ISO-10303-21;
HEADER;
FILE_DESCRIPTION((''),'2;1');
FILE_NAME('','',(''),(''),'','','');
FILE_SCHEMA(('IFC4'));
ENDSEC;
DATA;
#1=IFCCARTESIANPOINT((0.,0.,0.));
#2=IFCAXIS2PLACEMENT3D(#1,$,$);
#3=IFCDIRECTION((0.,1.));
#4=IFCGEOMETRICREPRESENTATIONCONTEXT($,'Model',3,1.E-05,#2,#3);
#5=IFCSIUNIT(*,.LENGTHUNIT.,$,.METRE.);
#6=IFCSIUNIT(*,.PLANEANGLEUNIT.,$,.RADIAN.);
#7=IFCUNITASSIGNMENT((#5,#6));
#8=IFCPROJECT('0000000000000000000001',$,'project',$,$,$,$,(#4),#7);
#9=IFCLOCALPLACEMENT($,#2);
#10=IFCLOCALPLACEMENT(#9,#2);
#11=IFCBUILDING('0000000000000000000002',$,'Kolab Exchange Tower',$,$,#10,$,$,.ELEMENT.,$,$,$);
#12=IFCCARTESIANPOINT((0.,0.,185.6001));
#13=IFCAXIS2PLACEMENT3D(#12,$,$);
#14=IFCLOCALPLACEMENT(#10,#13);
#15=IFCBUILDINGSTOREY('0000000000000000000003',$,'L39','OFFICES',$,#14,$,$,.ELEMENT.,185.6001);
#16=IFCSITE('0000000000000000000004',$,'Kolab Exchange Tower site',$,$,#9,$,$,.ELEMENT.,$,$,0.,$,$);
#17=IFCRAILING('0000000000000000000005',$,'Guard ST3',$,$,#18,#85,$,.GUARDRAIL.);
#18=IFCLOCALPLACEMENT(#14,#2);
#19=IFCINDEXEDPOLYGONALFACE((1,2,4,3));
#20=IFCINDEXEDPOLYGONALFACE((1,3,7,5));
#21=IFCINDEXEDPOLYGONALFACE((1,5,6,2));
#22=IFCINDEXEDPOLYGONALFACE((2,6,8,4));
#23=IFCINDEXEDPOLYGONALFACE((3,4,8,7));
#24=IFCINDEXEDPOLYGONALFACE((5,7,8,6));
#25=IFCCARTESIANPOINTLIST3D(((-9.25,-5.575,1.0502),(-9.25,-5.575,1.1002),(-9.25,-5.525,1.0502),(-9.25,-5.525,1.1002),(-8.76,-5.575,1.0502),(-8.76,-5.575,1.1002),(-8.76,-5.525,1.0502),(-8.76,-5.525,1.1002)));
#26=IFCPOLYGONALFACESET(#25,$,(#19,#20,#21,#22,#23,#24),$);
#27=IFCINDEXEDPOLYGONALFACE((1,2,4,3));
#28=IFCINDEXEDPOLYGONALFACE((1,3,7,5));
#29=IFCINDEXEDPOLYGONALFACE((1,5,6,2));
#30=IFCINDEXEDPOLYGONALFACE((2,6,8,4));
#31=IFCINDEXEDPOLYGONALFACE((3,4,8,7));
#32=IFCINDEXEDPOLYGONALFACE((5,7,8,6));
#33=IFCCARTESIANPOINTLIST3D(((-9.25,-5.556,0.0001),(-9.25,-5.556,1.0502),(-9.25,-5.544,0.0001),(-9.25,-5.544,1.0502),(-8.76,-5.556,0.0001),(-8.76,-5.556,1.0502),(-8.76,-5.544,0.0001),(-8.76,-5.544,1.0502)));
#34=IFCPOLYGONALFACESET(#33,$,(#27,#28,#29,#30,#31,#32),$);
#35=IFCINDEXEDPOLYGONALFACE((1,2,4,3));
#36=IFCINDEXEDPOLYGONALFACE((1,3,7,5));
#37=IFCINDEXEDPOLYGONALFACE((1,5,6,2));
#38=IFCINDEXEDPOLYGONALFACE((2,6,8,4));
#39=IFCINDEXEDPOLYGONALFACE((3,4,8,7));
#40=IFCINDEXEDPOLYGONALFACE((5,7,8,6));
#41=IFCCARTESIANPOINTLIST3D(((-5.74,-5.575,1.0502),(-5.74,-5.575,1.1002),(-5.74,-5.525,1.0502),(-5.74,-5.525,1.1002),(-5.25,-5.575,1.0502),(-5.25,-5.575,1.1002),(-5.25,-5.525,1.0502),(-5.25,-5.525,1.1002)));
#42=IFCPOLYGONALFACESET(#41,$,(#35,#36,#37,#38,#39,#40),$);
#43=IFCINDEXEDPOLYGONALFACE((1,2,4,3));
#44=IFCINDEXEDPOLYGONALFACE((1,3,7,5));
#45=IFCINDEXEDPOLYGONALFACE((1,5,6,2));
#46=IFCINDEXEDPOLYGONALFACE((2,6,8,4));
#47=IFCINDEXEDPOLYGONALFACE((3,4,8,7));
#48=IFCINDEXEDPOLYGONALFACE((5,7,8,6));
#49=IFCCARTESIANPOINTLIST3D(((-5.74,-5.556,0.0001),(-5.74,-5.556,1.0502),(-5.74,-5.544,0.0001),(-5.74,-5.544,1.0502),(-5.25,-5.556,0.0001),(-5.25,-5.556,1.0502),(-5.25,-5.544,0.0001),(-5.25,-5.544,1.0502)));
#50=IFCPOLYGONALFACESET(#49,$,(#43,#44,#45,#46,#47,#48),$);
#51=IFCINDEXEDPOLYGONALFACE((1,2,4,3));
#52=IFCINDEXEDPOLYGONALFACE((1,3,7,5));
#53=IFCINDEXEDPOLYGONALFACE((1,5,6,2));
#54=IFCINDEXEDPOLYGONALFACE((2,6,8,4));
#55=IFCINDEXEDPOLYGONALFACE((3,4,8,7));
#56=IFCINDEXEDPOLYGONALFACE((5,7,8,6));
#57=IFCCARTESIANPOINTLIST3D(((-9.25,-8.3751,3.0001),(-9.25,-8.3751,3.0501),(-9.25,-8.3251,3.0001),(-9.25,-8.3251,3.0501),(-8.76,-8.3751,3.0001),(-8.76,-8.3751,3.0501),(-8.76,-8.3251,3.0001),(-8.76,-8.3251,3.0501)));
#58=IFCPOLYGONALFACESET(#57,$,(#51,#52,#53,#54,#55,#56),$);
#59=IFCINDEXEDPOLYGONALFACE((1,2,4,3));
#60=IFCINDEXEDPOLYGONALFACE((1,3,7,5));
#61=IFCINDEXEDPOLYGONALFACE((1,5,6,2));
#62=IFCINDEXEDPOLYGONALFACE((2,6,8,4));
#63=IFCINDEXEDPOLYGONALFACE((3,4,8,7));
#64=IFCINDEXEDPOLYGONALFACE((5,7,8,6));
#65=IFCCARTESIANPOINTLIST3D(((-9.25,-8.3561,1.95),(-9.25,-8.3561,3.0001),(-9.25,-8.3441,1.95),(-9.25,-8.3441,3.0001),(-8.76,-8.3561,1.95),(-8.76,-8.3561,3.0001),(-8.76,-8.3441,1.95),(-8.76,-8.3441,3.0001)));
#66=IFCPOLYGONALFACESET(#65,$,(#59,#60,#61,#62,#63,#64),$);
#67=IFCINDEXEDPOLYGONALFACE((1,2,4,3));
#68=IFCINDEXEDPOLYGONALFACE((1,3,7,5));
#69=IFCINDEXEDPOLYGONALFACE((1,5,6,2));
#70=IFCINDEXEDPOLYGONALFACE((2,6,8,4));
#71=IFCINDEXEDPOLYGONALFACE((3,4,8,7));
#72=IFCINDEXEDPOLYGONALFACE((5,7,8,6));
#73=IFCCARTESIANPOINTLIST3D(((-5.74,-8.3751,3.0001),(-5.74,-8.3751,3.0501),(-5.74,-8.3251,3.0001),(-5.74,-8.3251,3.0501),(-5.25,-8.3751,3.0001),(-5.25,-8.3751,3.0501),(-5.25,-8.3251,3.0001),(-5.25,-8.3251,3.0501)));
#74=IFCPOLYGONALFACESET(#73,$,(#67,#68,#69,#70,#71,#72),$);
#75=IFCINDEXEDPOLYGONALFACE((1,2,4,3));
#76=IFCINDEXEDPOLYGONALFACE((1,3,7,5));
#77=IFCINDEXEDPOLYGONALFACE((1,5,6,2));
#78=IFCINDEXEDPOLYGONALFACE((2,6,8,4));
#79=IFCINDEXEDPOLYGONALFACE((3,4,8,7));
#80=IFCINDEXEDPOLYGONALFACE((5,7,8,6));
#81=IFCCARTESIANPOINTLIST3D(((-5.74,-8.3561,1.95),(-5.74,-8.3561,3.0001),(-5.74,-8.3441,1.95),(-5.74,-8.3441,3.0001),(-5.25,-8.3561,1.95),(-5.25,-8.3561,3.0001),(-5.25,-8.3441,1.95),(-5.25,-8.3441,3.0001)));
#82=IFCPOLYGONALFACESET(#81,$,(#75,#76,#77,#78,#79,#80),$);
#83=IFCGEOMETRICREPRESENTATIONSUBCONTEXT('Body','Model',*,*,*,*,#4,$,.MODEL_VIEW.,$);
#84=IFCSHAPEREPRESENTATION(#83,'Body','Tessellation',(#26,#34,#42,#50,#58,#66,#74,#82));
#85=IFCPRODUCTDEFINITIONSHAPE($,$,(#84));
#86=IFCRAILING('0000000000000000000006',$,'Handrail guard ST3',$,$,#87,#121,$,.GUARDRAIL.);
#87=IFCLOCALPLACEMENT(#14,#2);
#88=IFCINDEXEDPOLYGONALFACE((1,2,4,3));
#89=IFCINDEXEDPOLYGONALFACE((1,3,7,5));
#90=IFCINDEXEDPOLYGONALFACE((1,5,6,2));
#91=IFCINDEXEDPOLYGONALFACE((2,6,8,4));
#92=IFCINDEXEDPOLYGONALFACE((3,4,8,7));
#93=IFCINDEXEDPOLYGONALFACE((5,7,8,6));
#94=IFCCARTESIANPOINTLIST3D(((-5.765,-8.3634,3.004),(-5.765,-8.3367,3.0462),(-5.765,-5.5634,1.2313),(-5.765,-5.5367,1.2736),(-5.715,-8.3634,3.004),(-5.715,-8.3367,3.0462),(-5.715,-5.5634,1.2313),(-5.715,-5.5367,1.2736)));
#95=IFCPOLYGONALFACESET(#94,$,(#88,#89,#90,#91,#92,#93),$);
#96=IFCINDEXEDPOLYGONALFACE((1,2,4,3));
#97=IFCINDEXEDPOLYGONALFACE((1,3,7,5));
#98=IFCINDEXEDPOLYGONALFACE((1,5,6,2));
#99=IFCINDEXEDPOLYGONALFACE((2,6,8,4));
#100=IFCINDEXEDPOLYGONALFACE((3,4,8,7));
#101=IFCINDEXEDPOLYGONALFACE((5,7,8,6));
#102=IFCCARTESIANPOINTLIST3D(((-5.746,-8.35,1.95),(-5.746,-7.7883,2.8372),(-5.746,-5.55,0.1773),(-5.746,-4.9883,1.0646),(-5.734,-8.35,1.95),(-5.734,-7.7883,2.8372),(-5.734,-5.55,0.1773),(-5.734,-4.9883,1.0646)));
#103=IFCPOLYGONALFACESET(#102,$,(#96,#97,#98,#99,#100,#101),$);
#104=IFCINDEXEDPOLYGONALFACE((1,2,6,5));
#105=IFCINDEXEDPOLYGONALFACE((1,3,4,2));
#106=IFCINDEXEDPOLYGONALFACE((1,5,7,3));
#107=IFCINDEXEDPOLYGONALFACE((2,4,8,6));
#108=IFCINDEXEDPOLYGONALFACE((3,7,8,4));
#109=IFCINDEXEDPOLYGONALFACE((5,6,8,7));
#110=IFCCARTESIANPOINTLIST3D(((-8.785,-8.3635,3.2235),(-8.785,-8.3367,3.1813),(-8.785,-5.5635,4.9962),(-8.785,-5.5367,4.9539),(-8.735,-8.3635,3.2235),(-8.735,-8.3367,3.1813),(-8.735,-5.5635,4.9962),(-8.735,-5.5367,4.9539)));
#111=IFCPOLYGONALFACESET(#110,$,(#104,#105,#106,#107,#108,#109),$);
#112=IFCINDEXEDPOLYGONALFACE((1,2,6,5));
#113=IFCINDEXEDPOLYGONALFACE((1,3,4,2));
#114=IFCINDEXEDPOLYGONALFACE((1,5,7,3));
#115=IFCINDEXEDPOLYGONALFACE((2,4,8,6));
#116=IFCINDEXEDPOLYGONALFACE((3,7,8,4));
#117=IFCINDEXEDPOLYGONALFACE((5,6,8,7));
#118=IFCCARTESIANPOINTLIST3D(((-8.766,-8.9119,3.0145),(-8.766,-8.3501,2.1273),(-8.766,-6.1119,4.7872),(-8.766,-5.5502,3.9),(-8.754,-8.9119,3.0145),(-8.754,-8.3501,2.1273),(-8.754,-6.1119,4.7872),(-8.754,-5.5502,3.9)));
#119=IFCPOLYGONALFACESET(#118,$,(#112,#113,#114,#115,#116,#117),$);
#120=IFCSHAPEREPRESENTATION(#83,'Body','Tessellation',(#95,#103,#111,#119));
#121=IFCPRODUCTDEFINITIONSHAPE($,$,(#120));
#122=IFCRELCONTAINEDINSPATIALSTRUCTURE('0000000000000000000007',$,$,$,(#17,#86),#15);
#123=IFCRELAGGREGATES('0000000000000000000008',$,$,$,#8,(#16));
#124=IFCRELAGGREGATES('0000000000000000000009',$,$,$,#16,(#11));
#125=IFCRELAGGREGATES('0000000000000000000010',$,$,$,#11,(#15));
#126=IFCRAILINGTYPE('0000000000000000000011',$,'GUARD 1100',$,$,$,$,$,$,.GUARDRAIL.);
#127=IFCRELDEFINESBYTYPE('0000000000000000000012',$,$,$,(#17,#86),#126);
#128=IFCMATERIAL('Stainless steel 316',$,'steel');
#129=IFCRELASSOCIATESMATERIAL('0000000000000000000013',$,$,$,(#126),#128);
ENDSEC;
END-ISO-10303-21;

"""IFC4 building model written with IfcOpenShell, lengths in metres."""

from ifc_helpers import new_model, si_unit, direction, frame, frame_2d, origin, origin_2d, place, context, subcontext, project, spatial, rectangle, extrude, material, type_object, element, save


model = new_model("IFC4")

# Units and contexts
model_context = context("Model", 3, precision=1e-05, world=origin(), true_north=direction((0.0, 1.0)))
body_context = subcontext(model_context, "Body", "Model", "MODEL_VIEW")
ifc_project = project(units=[si_unit("LENGTHUNIT", "METRE"), si_unit("PLANEANGLEUNIT", "RADIAN")], contexts=[model_context])

# Site, building, storey
site_placement = place(None, origin())
site = spatial("IfcSite", under=ifc_project, at=site_placement, Name="Kolab Exchange Tower site", CompositionType="ELEMENT", RefElevation=0.0)
building_placement = place(site_placement, origin())
building = spatial("IfcBuilding", under=site, at=building_placement, Name="Kolab Exchange Tower", CompositionType="ELEMENT")
storey_placement = place(building_placement, frame((0.0, 0.0, 185.6001)))
storey = spatial("IfcBuildingStorey", under=building, at=storey_placement, Name="L39", Description="OFFICES", CompositionType="ELEMENT", Elevation=185.6001)

# Shared definitions
ifc_material_1 = material(Name="Stainless steel 316", Category="steel")

# Railings
railing_type = type_object("IfcRailingType", Name="GUARD 1100", PredefinedType="GUARDRAIL", material=ifc_material_1)
railing_1_placement = place(storey_placement, frame((-9.25, -5.55, 0.0)))
element("IfcRailing", 1, at=railing_1_placement, inside=storey, type_object=railing_type, Name="Guard ST3", PredefinedType="GUARDRAIL", context=body_context, shape_type="SweptSolid", body=[
    extrude(rectangle(XDim=0.05, YDim=0.05, at=origin_2d()), frame((0.0, 0.0, 1.0752), z_axis=(1.0, 0.0, 0.0), x_axis=(0.0, 1.0, 0.0)), (0.0, 0.0, 1.0), 0.49),
    extrude(rectangle(XDim=0.012, YDim=1.0501, at=frame_2d((0.0, 0.5251))), frame((0.0, 0.0, 0.0), z_axis=(1.0, 0.0, 0.0), x_axis=(0.0, 1.0, 0.0)), (0.0, 0.0, 1.0), 0.49),
    extrude(rectangle(XDim=0.05, YDim=0.05, at=origin_2d()), frame((3.51, 0.0, 1.0752), z_axis=(1.0, 0.0, 0.0), x_axis=(0.0, 1.0, 0.0)), (0.0, 0.0, 1.0), 0.49),
    extrude(rectangle(XDim=0.012, YDim=1.0501, at=frame_2d((0.0, 0.5251))), frame((3.51, 0.0, 0.0), z_axis=(1.0, 0.0, 0.0), x_axis=(0.0, 1.0, 0.0)), (0.0, 0.0, 1.0), 0.49),
    extrude(rectangle(XDim=0.05, YDim=0.05, at=origin_2d()), frame((0.0, -2.8, 3.0251), z_axis=(1.0, 0.0, 0.0), x_axis=(0.0, 1.0, 0.0)), (0.0, 0.0, 1.0), 0.49),
    extrude(rectangle(XDim=0.012, YDim=1.0501, at=frame_2d((0.0, 0.5251))), frame((0.0, -2.8, 1.95), z_axis=(1.0, 0.0, 0.0), x_axis=(0.0, 1.0, 0.0)), (0.0, 0.0, 1.0), 0.49),
    extrude(rectangle(XDim=0.05, YDim=0.05, at=origin_2d()), frame((3.51, -2.8, 3.0251), z_axis=(1.0, 0.0, 0.0), x_axis=(0.0, 1.0, 0.0)), (0.0, 0.0, 1.0), 0.49),
    extrude(rectangle(XDim=0.012, YDim=1.0501, at=frame_2d((0.0, 0.5251))), frame((3.51, -2.8, 1.95), z_axis=(1.0, 0.0, 0.0), x_axis=(0.0, 1.0, 0.0)), (0.0, 0.0, 1.0), 0.49),
])
railing_2_placement = place(storey_placement, frame((-5.74, -5.55, 0.1772)))
element("IfcRailing", 2, at=railing_2_placement, inside=storey, type_object=railing_type, Name="Handrail guard ST3", PredefinedType="GUARDRAIL", context=body_context, shape_type="SweptSolid", body=[
    extrude(rectangle(XDim=0.05, YDim=0.05, at=origin_2d()), frame((0.0, 0.0, 1.0752), z_axis=(0.0, -0.844909, 0.53491), x_axis=(1.0, 0.0, 0.0)), (0.0, 0.0, 1.0), 3.314),
    extrude(rectangle(XDim=0.012, YDim=1.0501, at=frame_2d((0.0, 0.5251))), frame((0.0, 0.0, 0.0), z_axis=(0.0, -0.844909, 0.53491), x_axis=(1.0, 0.0, 0.0)), (0.0, 0.0, 1.0), 3.314),
    extrude(rectangle(XDim=0.05, YDim=0.05, at=origin_2d()), frame((-3.02, -2.8, 3.0251), z_axis=(0.0, 0.844909, 0.53491), x_axis=(-1.0, 0.0, 0.0)), (0.0, 0.0, 1.0), 3.314),
    extrude(rectangle(XDim=0.012, YDim=1.0501, at=frame_2d((0.0, 0.5251))), frame((-3.02, -2.8, 1.95), z_axis=(0.0, 0.844909, 0.53491), x_axis=(-1.0, 0.0, 0.0)), (0.0, 0.0, 1.0), 3.314),
])

save(model, "model.ifc")
